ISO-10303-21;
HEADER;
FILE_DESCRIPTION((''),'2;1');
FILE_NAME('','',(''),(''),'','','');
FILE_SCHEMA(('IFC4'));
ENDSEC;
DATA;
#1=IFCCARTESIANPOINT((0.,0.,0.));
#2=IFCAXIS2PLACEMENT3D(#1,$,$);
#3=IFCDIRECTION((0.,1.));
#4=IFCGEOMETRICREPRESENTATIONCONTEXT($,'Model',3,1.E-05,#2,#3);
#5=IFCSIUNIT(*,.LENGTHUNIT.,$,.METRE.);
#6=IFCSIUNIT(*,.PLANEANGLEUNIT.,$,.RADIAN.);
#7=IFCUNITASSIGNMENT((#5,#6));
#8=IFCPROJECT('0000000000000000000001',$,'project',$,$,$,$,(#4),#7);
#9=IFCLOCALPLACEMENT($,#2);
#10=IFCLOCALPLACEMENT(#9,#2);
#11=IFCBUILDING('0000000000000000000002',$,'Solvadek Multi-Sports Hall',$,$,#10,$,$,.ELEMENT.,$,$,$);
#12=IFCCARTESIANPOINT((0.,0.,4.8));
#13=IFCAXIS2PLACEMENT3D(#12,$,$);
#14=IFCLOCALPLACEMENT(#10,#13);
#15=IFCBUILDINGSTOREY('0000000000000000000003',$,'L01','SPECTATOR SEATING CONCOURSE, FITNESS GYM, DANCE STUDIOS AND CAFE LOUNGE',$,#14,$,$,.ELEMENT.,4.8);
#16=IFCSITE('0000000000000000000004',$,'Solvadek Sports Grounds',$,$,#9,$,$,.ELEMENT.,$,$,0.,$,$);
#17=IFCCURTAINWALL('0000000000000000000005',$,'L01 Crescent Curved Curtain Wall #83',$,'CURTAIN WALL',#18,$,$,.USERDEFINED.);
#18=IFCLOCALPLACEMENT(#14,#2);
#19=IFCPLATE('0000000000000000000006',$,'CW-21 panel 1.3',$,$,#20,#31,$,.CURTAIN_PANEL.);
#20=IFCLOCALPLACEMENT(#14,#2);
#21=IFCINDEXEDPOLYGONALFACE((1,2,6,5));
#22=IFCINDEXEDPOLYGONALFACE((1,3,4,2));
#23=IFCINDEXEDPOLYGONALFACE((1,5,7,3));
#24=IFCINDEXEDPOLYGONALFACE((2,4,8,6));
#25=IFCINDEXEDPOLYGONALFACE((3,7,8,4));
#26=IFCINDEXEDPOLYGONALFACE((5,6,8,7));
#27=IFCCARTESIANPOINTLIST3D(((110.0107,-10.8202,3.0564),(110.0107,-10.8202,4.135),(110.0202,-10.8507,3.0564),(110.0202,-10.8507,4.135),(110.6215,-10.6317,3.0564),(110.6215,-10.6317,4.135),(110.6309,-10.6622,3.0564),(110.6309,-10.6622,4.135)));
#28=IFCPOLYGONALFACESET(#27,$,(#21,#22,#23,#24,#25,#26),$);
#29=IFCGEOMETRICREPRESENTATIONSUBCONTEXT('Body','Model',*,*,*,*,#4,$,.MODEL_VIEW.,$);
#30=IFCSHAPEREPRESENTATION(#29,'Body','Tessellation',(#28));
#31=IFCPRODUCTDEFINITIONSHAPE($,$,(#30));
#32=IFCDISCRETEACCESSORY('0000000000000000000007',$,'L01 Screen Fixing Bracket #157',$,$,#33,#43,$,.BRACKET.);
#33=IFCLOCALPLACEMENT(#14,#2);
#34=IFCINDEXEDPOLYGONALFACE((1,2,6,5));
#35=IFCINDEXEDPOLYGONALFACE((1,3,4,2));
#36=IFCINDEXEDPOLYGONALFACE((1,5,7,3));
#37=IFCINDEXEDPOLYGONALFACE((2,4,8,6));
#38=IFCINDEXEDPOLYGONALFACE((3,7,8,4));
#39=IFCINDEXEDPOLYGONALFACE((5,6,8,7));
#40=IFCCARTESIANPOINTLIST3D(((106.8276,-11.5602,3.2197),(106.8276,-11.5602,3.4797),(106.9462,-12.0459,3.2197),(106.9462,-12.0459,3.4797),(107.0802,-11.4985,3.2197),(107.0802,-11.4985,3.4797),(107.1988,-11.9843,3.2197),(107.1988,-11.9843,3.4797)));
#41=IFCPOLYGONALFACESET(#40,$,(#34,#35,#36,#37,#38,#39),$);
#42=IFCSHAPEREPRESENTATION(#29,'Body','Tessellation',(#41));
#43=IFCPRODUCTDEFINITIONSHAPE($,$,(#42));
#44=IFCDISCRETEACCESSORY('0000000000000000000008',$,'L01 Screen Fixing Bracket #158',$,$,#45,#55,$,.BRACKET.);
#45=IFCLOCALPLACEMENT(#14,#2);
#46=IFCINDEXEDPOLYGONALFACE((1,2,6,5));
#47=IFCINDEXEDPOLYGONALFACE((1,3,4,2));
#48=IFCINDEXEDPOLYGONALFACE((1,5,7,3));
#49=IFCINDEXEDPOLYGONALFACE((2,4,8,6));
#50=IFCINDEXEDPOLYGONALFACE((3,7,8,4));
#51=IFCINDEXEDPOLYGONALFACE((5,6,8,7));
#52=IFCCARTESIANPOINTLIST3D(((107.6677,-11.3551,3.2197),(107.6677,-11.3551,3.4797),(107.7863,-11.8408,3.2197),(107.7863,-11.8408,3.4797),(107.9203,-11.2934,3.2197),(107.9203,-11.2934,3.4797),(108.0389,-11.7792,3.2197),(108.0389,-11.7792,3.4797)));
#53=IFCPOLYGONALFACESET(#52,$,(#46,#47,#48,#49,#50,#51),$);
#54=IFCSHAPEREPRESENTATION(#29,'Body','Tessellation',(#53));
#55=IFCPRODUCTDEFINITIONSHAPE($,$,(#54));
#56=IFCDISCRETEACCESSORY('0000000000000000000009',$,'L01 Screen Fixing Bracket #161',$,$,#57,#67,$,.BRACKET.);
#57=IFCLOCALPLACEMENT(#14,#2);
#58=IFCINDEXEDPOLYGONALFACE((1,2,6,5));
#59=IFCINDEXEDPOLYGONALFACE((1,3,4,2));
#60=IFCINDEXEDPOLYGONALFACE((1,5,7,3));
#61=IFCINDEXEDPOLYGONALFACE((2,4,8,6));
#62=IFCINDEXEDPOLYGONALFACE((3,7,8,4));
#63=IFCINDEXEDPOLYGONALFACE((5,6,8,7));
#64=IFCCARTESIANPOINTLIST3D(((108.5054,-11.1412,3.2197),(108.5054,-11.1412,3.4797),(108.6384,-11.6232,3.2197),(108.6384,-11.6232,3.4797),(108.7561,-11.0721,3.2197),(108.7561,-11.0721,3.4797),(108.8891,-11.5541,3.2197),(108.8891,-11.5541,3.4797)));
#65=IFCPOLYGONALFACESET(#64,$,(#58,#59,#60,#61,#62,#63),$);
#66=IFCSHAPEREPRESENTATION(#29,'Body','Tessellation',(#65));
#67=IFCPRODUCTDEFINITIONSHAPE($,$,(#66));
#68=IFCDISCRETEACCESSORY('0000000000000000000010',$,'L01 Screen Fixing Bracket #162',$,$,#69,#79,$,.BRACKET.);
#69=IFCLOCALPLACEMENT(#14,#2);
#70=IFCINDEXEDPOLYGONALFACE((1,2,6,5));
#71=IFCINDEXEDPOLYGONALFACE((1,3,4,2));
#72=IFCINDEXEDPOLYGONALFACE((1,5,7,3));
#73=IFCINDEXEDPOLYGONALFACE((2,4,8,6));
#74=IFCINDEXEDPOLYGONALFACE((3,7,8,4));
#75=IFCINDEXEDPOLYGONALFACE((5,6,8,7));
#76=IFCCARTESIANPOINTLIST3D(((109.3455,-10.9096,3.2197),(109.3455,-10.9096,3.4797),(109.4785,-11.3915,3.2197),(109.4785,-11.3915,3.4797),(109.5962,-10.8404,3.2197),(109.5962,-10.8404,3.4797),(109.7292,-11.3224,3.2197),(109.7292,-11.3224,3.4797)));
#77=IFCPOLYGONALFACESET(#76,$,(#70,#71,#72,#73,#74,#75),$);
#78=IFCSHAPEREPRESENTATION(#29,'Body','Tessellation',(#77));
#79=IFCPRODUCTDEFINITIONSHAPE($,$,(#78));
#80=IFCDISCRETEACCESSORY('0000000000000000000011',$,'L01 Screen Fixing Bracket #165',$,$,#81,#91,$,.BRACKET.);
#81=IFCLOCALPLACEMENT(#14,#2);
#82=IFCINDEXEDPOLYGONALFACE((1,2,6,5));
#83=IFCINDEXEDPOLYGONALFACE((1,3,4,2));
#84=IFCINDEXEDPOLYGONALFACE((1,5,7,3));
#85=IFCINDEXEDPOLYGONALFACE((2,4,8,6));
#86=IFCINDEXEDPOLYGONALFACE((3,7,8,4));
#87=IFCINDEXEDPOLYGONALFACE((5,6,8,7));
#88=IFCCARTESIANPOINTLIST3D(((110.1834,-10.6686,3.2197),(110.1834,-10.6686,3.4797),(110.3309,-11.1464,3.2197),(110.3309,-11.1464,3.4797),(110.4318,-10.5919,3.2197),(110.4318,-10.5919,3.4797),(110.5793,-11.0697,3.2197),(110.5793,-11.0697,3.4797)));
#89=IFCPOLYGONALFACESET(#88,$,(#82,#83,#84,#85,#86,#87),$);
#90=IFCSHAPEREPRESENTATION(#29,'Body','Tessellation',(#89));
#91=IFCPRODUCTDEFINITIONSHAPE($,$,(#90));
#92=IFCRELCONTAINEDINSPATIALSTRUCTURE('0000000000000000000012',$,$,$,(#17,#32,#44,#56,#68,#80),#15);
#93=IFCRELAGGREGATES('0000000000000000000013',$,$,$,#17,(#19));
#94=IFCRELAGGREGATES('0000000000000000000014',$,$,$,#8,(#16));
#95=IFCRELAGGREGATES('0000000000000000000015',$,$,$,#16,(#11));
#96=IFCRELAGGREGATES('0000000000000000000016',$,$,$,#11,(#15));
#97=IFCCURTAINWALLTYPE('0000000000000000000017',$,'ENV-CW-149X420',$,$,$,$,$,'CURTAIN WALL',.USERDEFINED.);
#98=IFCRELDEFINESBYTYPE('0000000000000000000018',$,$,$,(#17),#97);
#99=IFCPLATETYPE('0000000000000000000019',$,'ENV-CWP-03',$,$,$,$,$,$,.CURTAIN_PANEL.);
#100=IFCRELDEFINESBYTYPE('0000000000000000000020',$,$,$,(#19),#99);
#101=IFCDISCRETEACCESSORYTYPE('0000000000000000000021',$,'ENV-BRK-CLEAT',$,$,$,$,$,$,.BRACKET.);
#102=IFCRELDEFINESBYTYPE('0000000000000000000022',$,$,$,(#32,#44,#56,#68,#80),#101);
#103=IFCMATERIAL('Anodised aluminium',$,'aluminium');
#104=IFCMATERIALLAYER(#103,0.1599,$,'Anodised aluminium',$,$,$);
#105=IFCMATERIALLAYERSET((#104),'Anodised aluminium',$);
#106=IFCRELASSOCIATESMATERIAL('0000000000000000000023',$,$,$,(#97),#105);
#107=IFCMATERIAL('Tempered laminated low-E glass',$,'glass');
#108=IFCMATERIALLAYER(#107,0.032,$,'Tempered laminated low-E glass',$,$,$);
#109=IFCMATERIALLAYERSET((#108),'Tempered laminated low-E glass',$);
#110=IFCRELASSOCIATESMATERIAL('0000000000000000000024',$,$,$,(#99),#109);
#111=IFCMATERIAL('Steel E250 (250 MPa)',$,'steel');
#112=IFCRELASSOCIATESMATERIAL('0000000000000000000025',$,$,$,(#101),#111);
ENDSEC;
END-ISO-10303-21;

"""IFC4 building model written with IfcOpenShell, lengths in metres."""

from ifc_helpers import new_model, si_unit, direction, frame, origin, origin_2d, place, context, subcontext, project, spatial, rectangle, extrude, material, layer, layer_set, type_object, element, aggregate, save


model = new_model("IFC4")

# Units and contexts
model_context = context("Model", 3, precision=1e-05, world=origin(), true_north=direction((0.0, 1.0)))
body_context = subcontext(model_context, "Body", "Model", "MODEL_VIEW")
ifc_project = project(units=[si_unit("LENGTHUNIT", "METRE"), si_unit("PLANEANGLEUNIT", "RADIAN")], contexts=[model_context])

# Site, building, storey
site_placement = place(None, origin())
site = spatial("IfcSite", under=ifc_project, at=site_placement, Name="Solvadek Sports Grounds", CompositionType="ELEMENT", RefElevation=0.0)
building_placement = place(site_placement, origin())
building = spatial("IfcBuilding", under=site, at=building_placement, Name="Solvadek Multi-Sports Hall", CompositionType="ELEMENT")
storey_placement = place(building_placement, frame((0.0, 0.0, 4.8)))
storey = spatial("IfcBuildingStorey", under=building, at=storey_placement, Name="L01", Description="SPECTATOR SEATING CONCOURSE, FITNESS GYM, DANCE STUDIOS AND CAFE LOUNGE", CompositionType="ELEMENT", Elevation=4.8)

# Curtain wall
ifc_material_1 = material(Name="Anodised aluminium", Category="aluminium")
ifc_layer_1 = layer(ifc_material_1, 0.1599, Name="Anodised aluminium")
ifc_layer_set_1 = layer_set([ifc_layer_1], Name="Anodised aluminium")
curtain_wall_type_1 = type_object("IfcCurtainWallType", Name="ENV-CW-149X420", ElementType="CURTAIN WALL", PredefinedType="USERDEFINED", material=ifc_layer_set_1)
curtain_wall_1_placement = place(storey_placement, origin())
curtain_wall_1 = element("IfcCurtainWall", 1, at=curtain_wall_1_placement, inside=storey, type_object=curtain_wall_type_1, Name="L01 Crescent Curved Curtain Wall #83", ObjectType="CURTAIN WALL", PredefinedType="USERDEFINED")

# Plate
ifc_material_2 = material(Name="Tempered laminated low-E glass", Category="glass")
ifc_layer_2 = layer(ifc_material_2, 0.032, Name="Tempered laminated low-E glass")
ifc_layer_set_2 = layer_set([ifc_layer_2], Name="Tempered laminated low-E glass")
plate_type_1 = type_object("IfcPlateType", Name="ENV-CWP-03", PredefinedType="CURTAIN_PANEL", material=ifc_layer_set_2)
plate_1_placement = place(storey_placement, frame((110.3208, -10.7412, 3.0564), z_axis=(0.0, 0.0, 1.0), x_axis=(0.955521, 0.294922, 0.0)))
plate_1 = element("IfcPlate", 2, at=plate_1_placement, type_object=plate_type_1, Name="CW-21 panel 1.3", PredefinedType="CURTAIN_PANEL", context=body_context, shape_type="SweptSolid", body=[
    extrude(rectangle(XDim=0.6392, YDim=0.032, at=origin_2d()), origin(), (0.0, 0.0, 1.0), 1.0786),
])
aggregate(curtain_wall_1, [plate_1])

# Discrete accessories
ifc_material_3 = material(Name="Steel E250 (250 MPa)", Category="steel")
discrete_accessory_type = type_object("IfcDiscreteAccessoryType", Name="ENV-BRK-CLEAT", PredefinedType="BRACKET", material=ifc_material_3)
for number, where, z_axis, x_axis, name in (
    (3, (107.0132, -11.7722, 3.2197), (0.0, 0.0, 1.0), (0.971475, 0.237144, 0.0), "L01 Screen Fixing Bracket #157"),
    (4, (107.8533, -11.5671, 3.2197), (0.0, 0.0, 1.0), (0.971475, 0.237144, 0.0), "L01 Screen Fixing Bracket #158"),
    (5, (108.6973, -11.3477, 3.2197), (0.0, 0.0, 1.0), (0.96397, 0.26601, 0.0), "L01 Screen Fixing Bracket #161"),
    (6, (109.5374, -11.116, 3.2197), (0.0, 0.0, 1.0), (0.96397, 0.26601, 0.0), "L01 Screen Fixing Bracket #162"),
    (7, (110.3813, -10.8691, 3.2197), (0.0, 0.0, 1.0), (0.955527, 0.294905, 0.0), "L01 Screen Fixing Bracket #165"),
):
    element("IfcDiscreteAccessory", number, at=place(storey_placement, frame(where, z_axis=z_axis, x_axis=x_axis)), inside=storey, type_object=discrete_accessory_type, Name=name, PredefinedType="BRACKET", context=body_context, shape_type="SweptSolid", body=[
        extrude(rectangle(XDim=0.26, YDim=0.5, at=origin_2d()), origin(), (0.0, 0.0, 1.0), 0.26),
    ])

save(model, "model.ifc")
